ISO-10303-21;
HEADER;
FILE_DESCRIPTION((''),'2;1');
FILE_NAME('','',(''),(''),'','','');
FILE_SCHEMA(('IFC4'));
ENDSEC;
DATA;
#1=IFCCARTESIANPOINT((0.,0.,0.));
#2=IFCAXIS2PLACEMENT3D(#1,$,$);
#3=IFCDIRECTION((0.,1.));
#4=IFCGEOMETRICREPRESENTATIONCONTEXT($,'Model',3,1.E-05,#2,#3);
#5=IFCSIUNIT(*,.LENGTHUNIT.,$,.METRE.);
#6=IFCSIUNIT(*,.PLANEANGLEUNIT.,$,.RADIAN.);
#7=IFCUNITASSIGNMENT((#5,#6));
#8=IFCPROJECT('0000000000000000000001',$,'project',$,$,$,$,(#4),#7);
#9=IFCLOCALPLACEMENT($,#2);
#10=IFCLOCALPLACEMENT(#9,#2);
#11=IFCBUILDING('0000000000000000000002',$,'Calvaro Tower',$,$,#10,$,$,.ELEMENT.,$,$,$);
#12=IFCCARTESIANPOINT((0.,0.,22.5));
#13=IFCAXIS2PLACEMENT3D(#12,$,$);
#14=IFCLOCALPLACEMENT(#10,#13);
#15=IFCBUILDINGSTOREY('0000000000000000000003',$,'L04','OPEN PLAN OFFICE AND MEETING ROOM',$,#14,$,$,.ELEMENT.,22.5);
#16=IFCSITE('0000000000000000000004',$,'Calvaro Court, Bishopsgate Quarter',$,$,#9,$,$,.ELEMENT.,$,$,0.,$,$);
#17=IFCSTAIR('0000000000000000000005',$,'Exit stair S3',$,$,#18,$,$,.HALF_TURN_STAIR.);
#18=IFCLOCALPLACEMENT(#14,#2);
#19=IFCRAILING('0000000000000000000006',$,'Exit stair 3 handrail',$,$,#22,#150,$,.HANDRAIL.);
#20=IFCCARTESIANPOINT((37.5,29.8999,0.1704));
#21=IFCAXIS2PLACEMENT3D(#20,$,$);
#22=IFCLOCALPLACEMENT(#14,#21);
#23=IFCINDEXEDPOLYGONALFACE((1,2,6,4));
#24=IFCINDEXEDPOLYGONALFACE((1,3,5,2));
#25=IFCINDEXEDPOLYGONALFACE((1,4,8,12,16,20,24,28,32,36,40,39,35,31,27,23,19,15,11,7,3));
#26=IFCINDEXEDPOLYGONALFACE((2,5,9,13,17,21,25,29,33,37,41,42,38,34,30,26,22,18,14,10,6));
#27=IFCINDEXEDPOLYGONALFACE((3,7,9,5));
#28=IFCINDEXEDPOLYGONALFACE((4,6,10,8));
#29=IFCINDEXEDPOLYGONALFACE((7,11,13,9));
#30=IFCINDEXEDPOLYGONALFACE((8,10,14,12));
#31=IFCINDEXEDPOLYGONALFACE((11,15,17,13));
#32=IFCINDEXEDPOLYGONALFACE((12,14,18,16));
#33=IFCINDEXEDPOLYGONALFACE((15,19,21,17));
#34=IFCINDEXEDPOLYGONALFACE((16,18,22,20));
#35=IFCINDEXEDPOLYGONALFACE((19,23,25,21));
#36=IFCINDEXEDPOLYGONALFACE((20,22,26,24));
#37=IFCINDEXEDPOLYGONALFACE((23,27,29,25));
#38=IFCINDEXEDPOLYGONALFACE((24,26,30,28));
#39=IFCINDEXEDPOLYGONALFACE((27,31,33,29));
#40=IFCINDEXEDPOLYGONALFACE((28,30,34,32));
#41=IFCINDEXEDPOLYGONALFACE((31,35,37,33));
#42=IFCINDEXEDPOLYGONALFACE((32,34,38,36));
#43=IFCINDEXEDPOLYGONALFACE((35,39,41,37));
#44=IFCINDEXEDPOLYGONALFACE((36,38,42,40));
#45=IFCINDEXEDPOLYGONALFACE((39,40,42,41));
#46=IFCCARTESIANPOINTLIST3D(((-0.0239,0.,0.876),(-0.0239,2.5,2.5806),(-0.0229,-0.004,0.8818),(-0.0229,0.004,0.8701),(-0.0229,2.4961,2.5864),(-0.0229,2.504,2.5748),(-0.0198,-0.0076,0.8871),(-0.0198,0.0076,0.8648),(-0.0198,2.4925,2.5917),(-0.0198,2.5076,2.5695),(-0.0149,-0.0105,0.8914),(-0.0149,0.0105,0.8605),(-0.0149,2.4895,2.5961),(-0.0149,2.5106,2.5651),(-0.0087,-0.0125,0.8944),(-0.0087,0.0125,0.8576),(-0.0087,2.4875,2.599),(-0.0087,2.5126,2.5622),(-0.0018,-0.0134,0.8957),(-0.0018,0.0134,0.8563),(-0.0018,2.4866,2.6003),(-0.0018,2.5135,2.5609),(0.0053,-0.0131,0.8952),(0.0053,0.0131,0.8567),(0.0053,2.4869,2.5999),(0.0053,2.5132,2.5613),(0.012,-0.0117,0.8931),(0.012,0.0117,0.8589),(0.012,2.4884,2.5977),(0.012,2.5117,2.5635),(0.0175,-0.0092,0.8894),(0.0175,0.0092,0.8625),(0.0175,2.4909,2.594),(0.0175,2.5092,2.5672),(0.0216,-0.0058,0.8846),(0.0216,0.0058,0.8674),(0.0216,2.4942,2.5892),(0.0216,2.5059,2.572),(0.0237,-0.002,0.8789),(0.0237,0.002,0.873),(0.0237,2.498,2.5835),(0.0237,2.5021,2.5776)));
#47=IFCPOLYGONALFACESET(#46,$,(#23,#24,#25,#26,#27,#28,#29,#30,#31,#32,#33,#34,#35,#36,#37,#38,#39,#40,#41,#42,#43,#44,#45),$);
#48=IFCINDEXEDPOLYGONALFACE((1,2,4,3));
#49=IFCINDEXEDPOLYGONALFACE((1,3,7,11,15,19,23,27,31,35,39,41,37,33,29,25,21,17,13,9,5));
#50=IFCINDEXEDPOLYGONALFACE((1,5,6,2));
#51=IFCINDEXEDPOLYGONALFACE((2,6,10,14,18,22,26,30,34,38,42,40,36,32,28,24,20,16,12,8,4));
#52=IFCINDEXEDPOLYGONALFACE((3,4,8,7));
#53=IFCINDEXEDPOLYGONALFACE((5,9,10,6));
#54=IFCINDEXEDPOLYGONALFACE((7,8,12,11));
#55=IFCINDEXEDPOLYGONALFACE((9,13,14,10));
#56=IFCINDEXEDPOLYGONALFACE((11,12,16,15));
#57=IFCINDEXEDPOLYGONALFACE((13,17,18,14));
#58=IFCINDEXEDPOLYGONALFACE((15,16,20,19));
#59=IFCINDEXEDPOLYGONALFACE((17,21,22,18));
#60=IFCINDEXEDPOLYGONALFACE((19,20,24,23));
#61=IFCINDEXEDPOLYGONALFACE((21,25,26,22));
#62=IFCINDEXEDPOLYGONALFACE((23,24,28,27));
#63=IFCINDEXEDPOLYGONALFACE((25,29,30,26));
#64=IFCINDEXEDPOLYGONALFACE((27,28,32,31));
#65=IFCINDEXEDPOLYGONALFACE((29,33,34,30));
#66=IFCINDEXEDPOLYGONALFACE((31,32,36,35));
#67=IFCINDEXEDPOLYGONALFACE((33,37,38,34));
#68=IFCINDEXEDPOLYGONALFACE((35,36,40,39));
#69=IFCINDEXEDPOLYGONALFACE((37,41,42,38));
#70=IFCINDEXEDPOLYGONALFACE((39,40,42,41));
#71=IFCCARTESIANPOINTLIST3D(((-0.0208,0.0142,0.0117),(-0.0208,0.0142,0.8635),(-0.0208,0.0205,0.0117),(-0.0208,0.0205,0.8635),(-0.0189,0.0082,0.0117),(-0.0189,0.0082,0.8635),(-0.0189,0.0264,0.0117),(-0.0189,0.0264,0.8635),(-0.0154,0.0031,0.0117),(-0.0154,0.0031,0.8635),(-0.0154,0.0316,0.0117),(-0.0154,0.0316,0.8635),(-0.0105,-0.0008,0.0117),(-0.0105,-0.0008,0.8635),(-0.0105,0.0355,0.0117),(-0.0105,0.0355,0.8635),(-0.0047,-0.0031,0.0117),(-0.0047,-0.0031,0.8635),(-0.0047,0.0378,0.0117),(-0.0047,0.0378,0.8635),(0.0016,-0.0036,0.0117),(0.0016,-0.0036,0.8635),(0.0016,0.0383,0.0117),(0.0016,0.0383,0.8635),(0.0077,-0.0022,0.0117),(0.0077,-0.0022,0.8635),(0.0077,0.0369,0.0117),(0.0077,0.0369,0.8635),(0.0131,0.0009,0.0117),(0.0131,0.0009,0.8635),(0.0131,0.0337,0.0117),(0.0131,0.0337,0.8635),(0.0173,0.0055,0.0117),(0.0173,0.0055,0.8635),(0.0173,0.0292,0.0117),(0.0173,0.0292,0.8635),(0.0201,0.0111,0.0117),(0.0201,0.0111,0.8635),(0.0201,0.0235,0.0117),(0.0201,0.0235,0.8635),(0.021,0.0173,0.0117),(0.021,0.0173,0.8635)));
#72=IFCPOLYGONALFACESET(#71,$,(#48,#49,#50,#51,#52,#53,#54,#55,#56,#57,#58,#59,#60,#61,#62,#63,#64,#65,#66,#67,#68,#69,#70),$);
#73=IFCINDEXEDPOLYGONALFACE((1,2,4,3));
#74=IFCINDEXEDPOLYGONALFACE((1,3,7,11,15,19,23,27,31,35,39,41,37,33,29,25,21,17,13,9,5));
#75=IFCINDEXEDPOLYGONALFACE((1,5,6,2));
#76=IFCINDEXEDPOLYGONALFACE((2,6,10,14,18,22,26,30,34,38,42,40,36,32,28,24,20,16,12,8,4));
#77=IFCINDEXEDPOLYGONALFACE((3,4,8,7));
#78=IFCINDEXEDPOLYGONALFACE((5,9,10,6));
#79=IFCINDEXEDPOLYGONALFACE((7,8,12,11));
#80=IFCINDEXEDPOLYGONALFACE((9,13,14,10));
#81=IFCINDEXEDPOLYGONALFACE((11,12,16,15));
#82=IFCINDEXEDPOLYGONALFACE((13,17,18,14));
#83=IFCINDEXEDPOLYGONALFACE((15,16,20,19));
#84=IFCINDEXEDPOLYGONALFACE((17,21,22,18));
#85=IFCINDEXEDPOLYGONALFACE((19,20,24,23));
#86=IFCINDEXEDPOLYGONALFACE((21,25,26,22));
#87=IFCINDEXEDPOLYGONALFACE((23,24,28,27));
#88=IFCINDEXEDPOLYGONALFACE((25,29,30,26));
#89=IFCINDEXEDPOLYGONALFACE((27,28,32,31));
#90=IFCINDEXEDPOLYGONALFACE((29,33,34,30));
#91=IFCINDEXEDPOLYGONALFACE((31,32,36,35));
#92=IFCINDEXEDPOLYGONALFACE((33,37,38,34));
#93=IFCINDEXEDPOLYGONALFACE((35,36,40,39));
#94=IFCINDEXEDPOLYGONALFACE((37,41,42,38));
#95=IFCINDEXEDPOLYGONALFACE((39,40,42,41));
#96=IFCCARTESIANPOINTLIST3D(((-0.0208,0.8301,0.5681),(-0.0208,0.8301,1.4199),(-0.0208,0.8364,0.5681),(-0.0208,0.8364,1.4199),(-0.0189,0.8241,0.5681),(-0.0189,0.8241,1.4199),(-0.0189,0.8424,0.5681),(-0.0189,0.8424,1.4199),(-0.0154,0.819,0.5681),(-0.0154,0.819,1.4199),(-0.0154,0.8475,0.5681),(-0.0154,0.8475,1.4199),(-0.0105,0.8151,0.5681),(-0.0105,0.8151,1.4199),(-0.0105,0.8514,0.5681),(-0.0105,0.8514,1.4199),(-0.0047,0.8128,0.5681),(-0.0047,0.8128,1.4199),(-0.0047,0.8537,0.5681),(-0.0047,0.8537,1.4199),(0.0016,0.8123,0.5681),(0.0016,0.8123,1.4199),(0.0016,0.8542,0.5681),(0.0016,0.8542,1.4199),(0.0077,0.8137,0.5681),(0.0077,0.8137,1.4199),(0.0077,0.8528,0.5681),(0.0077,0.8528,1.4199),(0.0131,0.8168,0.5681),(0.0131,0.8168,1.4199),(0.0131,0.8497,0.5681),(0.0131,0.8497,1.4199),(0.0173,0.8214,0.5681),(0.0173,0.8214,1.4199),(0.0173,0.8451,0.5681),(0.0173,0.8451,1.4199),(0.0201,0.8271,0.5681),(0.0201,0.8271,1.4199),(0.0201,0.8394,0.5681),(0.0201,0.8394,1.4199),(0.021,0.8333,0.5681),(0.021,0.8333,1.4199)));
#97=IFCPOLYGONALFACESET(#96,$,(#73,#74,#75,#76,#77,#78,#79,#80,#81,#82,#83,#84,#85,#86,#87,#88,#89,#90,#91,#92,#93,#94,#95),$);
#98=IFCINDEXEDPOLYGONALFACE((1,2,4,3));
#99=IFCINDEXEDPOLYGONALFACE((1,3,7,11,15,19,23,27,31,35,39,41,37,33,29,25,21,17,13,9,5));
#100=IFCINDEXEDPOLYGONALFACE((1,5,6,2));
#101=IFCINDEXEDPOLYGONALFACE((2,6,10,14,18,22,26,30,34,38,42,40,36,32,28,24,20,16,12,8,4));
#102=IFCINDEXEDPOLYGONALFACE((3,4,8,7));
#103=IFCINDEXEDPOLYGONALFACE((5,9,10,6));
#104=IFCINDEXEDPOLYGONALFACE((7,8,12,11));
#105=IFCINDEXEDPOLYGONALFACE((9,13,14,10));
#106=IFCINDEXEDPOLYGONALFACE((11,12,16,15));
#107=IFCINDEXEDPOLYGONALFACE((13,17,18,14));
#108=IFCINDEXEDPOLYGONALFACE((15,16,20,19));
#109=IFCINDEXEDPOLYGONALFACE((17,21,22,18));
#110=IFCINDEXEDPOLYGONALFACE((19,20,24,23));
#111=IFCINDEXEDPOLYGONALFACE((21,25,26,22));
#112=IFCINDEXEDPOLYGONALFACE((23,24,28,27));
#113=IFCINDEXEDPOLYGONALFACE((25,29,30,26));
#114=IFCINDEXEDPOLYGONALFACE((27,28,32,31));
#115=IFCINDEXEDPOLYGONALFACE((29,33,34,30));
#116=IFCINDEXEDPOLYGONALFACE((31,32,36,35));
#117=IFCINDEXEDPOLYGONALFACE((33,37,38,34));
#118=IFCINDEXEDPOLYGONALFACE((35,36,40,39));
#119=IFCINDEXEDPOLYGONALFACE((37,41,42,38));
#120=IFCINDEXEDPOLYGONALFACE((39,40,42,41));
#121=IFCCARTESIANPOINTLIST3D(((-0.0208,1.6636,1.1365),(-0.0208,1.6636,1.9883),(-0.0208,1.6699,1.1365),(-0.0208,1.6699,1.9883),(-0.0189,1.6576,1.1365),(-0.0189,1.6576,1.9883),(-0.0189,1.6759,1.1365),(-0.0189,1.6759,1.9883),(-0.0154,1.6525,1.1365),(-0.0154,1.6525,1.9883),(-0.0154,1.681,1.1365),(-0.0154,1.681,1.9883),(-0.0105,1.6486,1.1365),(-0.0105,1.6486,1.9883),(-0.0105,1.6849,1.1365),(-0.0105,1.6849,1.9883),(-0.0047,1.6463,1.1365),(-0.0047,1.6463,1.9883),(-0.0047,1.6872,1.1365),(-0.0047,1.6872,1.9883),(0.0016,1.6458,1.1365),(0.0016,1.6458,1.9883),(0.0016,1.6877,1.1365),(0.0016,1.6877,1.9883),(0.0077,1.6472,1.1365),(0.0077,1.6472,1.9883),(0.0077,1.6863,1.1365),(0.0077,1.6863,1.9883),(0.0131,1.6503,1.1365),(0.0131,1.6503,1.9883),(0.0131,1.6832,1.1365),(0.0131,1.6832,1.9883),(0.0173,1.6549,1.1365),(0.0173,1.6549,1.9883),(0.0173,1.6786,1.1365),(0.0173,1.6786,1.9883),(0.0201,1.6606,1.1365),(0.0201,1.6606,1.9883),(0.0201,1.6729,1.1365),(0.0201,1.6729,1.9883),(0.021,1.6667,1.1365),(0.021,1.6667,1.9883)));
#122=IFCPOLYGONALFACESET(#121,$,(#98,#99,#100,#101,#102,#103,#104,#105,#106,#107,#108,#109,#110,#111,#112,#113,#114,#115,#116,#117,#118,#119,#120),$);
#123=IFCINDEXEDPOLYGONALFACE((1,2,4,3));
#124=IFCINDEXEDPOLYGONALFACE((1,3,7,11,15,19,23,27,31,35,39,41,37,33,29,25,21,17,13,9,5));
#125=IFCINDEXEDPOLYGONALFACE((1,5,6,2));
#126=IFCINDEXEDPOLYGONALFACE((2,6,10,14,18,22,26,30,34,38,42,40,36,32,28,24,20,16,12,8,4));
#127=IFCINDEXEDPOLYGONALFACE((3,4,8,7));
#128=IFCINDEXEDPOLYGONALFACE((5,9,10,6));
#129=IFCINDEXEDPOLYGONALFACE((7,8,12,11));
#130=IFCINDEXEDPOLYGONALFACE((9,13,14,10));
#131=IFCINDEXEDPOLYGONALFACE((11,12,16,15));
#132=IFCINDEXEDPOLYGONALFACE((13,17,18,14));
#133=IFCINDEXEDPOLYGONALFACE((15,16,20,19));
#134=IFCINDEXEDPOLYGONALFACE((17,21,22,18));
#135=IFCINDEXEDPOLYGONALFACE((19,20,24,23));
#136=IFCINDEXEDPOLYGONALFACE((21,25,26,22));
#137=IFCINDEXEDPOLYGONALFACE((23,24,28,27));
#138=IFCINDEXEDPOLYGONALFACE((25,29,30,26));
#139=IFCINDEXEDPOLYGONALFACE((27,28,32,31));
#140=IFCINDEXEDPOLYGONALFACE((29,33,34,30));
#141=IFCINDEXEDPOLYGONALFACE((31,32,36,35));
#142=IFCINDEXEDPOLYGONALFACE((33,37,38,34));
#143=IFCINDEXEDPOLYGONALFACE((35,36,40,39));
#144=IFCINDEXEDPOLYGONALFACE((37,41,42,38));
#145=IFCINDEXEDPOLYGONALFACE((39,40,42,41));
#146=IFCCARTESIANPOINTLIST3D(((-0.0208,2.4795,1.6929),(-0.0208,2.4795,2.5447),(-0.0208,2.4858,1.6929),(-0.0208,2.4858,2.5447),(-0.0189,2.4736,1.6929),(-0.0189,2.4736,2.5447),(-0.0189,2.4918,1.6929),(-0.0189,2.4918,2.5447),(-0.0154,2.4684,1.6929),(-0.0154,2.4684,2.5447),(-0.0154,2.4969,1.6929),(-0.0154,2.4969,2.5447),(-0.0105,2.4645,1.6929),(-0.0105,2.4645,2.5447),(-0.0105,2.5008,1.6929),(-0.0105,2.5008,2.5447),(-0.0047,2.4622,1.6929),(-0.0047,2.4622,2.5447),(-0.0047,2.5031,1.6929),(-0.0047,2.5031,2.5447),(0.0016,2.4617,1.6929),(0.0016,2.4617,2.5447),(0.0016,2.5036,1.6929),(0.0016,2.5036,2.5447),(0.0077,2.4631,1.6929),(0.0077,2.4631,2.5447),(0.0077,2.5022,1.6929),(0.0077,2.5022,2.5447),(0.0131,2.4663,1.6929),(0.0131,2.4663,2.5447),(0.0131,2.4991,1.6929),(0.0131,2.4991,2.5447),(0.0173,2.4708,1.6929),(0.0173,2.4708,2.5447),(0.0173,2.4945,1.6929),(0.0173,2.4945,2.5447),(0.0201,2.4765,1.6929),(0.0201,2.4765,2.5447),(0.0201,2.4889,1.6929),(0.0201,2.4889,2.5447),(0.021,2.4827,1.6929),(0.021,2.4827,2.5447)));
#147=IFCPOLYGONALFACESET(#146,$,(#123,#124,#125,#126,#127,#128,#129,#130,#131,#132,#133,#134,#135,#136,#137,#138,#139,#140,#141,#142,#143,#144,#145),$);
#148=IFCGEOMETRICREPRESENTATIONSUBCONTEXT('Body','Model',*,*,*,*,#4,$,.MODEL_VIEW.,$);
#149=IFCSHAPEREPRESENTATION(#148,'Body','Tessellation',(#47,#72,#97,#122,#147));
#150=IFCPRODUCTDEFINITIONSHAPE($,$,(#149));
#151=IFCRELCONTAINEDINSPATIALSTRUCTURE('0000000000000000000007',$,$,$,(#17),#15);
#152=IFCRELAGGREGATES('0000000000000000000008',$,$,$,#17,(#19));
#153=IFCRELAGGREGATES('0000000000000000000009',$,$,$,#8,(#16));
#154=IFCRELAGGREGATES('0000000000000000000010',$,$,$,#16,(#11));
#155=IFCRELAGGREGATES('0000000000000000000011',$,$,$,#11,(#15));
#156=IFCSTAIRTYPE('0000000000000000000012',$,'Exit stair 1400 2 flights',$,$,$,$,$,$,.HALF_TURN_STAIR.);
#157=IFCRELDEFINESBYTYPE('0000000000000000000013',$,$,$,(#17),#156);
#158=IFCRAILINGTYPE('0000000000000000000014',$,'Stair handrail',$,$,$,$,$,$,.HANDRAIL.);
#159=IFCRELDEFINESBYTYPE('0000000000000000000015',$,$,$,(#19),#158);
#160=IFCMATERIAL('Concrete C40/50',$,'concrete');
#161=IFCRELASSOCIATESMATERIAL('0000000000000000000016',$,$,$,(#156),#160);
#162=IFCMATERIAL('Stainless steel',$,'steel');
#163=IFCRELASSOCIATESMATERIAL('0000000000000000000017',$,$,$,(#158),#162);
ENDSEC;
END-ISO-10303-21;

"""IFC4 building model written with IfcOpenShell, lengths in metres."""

from ifc_helpers import new_model, si_unit, direction, frame, origin, origin_2d, place, context, subcontext, project, spatial, circle, extrude, material, type_object, element, aggregate, save


model = new_model("IFC4")

# Units and contexts
model_context = context("Model", 3, precision=1e-05, world=origin(), true_north=direction((0.0, 1.0)))
body_context = subcontext(model_context, "Body", "Model", "MODEL_VIEW")
ifc_project = project(units=[si_unit("LENGTHUNIT", "METRE"), si_unit("PLANEANGLEUNIT", "RADIAN")], contexts=[model_context])

# Site, building, storey
site_placement = place(None, origin())
site = spatial("IfcSite", under=ifc_project, at=site_placement, Name="Calvaro Court, Bishopsgate Quarter", CompositionType="ELEMENT", RefElevation=0.0)
building_placement = place(site_placement, origin())
building = spatial("IfcBuilding", under=site, at=building_placement, Name="Calvaro Tower", CompositionType="ELEMENT")
storey_placement = place(building_placement, frame((0.0, 0.0, 22.5)))
storey = spatial("IfcBuildingStorey", under=building, at=storey_placement, Name="L04", Description="OPEN PLAN OFFICE AND MEETING ROOM", CompositionType="ELEMENT", Elevation=22.5)

# Stair
ifc_material_1 = material(Name="Concrete C40/50", Category="concrete")
stair_type = type_object("IfcStairType", Name="Exit stair 1400 2 flights", PredefinedType="HALF_TURN_STAIR", material=ifc_material_1)
stair_1_placement = place(storey_placement, origin())
stair_1 = element("IfcStair", 1, at=stair_1_placement, inside=storey, type_object=stair_type, Name="Exit stair S3", PredefinedType="HALF_TURN_STAIR")

# Railing
ifc_material_2 = material(Name="Stainless steel", Category="steel")
railing_type = type_object("IfcRailingType", Name="Stair handrail", PredefinedType="HANDRAIL", material=ifc_material_2)
railing_1_placement = place(storey_placement, frame((37.5, 29.8999, 0.1704)))
railing_1 = element("IfcRailing", 2, at=railing_1_placement, type_object=railing_type, Name="Exit stair 3 handrail", PredefinedType="HANDRAIL", context=body_context, shape_type="SweptSolid", body=[
    extrude(circle(Radius=0.0239, at=origin_2d()), frame((0.0, 0.0, 0.876), z_axis=(0.0, 0.826221, 0.563347), x_axis=(-1.0, 0.0, 0.0)), (0.0, 0.0, 1.0), 3.0259),
    extrude(circle(Radius=0.021, at=origin_2d()), frame((0.0, 0.0173, 0.0117)), (0.0, 0.0, 1.0), 0.8518),
    extrude(circle(Radius=0.021, at=origin_2d()), frame((0.0, 0.8333, 0.5681)), (0.0, 0.0, 1.0), 0.8518),
    extrude(circle(Radius=0.021, at=origin_2d()), frame((0.0, 1.6667, 1.1365)), (0.0, 0.0, 1.0), 0.8518),
    extrude(circle(Radius=0.021, at=origin_2d()), frame((0.0, 2.4827, 1.6929)), (0.0, 0.0, 1.0), 0.8518),
])
aggregate(stair_1, [railing_1])

save(model, "model.ifc")
